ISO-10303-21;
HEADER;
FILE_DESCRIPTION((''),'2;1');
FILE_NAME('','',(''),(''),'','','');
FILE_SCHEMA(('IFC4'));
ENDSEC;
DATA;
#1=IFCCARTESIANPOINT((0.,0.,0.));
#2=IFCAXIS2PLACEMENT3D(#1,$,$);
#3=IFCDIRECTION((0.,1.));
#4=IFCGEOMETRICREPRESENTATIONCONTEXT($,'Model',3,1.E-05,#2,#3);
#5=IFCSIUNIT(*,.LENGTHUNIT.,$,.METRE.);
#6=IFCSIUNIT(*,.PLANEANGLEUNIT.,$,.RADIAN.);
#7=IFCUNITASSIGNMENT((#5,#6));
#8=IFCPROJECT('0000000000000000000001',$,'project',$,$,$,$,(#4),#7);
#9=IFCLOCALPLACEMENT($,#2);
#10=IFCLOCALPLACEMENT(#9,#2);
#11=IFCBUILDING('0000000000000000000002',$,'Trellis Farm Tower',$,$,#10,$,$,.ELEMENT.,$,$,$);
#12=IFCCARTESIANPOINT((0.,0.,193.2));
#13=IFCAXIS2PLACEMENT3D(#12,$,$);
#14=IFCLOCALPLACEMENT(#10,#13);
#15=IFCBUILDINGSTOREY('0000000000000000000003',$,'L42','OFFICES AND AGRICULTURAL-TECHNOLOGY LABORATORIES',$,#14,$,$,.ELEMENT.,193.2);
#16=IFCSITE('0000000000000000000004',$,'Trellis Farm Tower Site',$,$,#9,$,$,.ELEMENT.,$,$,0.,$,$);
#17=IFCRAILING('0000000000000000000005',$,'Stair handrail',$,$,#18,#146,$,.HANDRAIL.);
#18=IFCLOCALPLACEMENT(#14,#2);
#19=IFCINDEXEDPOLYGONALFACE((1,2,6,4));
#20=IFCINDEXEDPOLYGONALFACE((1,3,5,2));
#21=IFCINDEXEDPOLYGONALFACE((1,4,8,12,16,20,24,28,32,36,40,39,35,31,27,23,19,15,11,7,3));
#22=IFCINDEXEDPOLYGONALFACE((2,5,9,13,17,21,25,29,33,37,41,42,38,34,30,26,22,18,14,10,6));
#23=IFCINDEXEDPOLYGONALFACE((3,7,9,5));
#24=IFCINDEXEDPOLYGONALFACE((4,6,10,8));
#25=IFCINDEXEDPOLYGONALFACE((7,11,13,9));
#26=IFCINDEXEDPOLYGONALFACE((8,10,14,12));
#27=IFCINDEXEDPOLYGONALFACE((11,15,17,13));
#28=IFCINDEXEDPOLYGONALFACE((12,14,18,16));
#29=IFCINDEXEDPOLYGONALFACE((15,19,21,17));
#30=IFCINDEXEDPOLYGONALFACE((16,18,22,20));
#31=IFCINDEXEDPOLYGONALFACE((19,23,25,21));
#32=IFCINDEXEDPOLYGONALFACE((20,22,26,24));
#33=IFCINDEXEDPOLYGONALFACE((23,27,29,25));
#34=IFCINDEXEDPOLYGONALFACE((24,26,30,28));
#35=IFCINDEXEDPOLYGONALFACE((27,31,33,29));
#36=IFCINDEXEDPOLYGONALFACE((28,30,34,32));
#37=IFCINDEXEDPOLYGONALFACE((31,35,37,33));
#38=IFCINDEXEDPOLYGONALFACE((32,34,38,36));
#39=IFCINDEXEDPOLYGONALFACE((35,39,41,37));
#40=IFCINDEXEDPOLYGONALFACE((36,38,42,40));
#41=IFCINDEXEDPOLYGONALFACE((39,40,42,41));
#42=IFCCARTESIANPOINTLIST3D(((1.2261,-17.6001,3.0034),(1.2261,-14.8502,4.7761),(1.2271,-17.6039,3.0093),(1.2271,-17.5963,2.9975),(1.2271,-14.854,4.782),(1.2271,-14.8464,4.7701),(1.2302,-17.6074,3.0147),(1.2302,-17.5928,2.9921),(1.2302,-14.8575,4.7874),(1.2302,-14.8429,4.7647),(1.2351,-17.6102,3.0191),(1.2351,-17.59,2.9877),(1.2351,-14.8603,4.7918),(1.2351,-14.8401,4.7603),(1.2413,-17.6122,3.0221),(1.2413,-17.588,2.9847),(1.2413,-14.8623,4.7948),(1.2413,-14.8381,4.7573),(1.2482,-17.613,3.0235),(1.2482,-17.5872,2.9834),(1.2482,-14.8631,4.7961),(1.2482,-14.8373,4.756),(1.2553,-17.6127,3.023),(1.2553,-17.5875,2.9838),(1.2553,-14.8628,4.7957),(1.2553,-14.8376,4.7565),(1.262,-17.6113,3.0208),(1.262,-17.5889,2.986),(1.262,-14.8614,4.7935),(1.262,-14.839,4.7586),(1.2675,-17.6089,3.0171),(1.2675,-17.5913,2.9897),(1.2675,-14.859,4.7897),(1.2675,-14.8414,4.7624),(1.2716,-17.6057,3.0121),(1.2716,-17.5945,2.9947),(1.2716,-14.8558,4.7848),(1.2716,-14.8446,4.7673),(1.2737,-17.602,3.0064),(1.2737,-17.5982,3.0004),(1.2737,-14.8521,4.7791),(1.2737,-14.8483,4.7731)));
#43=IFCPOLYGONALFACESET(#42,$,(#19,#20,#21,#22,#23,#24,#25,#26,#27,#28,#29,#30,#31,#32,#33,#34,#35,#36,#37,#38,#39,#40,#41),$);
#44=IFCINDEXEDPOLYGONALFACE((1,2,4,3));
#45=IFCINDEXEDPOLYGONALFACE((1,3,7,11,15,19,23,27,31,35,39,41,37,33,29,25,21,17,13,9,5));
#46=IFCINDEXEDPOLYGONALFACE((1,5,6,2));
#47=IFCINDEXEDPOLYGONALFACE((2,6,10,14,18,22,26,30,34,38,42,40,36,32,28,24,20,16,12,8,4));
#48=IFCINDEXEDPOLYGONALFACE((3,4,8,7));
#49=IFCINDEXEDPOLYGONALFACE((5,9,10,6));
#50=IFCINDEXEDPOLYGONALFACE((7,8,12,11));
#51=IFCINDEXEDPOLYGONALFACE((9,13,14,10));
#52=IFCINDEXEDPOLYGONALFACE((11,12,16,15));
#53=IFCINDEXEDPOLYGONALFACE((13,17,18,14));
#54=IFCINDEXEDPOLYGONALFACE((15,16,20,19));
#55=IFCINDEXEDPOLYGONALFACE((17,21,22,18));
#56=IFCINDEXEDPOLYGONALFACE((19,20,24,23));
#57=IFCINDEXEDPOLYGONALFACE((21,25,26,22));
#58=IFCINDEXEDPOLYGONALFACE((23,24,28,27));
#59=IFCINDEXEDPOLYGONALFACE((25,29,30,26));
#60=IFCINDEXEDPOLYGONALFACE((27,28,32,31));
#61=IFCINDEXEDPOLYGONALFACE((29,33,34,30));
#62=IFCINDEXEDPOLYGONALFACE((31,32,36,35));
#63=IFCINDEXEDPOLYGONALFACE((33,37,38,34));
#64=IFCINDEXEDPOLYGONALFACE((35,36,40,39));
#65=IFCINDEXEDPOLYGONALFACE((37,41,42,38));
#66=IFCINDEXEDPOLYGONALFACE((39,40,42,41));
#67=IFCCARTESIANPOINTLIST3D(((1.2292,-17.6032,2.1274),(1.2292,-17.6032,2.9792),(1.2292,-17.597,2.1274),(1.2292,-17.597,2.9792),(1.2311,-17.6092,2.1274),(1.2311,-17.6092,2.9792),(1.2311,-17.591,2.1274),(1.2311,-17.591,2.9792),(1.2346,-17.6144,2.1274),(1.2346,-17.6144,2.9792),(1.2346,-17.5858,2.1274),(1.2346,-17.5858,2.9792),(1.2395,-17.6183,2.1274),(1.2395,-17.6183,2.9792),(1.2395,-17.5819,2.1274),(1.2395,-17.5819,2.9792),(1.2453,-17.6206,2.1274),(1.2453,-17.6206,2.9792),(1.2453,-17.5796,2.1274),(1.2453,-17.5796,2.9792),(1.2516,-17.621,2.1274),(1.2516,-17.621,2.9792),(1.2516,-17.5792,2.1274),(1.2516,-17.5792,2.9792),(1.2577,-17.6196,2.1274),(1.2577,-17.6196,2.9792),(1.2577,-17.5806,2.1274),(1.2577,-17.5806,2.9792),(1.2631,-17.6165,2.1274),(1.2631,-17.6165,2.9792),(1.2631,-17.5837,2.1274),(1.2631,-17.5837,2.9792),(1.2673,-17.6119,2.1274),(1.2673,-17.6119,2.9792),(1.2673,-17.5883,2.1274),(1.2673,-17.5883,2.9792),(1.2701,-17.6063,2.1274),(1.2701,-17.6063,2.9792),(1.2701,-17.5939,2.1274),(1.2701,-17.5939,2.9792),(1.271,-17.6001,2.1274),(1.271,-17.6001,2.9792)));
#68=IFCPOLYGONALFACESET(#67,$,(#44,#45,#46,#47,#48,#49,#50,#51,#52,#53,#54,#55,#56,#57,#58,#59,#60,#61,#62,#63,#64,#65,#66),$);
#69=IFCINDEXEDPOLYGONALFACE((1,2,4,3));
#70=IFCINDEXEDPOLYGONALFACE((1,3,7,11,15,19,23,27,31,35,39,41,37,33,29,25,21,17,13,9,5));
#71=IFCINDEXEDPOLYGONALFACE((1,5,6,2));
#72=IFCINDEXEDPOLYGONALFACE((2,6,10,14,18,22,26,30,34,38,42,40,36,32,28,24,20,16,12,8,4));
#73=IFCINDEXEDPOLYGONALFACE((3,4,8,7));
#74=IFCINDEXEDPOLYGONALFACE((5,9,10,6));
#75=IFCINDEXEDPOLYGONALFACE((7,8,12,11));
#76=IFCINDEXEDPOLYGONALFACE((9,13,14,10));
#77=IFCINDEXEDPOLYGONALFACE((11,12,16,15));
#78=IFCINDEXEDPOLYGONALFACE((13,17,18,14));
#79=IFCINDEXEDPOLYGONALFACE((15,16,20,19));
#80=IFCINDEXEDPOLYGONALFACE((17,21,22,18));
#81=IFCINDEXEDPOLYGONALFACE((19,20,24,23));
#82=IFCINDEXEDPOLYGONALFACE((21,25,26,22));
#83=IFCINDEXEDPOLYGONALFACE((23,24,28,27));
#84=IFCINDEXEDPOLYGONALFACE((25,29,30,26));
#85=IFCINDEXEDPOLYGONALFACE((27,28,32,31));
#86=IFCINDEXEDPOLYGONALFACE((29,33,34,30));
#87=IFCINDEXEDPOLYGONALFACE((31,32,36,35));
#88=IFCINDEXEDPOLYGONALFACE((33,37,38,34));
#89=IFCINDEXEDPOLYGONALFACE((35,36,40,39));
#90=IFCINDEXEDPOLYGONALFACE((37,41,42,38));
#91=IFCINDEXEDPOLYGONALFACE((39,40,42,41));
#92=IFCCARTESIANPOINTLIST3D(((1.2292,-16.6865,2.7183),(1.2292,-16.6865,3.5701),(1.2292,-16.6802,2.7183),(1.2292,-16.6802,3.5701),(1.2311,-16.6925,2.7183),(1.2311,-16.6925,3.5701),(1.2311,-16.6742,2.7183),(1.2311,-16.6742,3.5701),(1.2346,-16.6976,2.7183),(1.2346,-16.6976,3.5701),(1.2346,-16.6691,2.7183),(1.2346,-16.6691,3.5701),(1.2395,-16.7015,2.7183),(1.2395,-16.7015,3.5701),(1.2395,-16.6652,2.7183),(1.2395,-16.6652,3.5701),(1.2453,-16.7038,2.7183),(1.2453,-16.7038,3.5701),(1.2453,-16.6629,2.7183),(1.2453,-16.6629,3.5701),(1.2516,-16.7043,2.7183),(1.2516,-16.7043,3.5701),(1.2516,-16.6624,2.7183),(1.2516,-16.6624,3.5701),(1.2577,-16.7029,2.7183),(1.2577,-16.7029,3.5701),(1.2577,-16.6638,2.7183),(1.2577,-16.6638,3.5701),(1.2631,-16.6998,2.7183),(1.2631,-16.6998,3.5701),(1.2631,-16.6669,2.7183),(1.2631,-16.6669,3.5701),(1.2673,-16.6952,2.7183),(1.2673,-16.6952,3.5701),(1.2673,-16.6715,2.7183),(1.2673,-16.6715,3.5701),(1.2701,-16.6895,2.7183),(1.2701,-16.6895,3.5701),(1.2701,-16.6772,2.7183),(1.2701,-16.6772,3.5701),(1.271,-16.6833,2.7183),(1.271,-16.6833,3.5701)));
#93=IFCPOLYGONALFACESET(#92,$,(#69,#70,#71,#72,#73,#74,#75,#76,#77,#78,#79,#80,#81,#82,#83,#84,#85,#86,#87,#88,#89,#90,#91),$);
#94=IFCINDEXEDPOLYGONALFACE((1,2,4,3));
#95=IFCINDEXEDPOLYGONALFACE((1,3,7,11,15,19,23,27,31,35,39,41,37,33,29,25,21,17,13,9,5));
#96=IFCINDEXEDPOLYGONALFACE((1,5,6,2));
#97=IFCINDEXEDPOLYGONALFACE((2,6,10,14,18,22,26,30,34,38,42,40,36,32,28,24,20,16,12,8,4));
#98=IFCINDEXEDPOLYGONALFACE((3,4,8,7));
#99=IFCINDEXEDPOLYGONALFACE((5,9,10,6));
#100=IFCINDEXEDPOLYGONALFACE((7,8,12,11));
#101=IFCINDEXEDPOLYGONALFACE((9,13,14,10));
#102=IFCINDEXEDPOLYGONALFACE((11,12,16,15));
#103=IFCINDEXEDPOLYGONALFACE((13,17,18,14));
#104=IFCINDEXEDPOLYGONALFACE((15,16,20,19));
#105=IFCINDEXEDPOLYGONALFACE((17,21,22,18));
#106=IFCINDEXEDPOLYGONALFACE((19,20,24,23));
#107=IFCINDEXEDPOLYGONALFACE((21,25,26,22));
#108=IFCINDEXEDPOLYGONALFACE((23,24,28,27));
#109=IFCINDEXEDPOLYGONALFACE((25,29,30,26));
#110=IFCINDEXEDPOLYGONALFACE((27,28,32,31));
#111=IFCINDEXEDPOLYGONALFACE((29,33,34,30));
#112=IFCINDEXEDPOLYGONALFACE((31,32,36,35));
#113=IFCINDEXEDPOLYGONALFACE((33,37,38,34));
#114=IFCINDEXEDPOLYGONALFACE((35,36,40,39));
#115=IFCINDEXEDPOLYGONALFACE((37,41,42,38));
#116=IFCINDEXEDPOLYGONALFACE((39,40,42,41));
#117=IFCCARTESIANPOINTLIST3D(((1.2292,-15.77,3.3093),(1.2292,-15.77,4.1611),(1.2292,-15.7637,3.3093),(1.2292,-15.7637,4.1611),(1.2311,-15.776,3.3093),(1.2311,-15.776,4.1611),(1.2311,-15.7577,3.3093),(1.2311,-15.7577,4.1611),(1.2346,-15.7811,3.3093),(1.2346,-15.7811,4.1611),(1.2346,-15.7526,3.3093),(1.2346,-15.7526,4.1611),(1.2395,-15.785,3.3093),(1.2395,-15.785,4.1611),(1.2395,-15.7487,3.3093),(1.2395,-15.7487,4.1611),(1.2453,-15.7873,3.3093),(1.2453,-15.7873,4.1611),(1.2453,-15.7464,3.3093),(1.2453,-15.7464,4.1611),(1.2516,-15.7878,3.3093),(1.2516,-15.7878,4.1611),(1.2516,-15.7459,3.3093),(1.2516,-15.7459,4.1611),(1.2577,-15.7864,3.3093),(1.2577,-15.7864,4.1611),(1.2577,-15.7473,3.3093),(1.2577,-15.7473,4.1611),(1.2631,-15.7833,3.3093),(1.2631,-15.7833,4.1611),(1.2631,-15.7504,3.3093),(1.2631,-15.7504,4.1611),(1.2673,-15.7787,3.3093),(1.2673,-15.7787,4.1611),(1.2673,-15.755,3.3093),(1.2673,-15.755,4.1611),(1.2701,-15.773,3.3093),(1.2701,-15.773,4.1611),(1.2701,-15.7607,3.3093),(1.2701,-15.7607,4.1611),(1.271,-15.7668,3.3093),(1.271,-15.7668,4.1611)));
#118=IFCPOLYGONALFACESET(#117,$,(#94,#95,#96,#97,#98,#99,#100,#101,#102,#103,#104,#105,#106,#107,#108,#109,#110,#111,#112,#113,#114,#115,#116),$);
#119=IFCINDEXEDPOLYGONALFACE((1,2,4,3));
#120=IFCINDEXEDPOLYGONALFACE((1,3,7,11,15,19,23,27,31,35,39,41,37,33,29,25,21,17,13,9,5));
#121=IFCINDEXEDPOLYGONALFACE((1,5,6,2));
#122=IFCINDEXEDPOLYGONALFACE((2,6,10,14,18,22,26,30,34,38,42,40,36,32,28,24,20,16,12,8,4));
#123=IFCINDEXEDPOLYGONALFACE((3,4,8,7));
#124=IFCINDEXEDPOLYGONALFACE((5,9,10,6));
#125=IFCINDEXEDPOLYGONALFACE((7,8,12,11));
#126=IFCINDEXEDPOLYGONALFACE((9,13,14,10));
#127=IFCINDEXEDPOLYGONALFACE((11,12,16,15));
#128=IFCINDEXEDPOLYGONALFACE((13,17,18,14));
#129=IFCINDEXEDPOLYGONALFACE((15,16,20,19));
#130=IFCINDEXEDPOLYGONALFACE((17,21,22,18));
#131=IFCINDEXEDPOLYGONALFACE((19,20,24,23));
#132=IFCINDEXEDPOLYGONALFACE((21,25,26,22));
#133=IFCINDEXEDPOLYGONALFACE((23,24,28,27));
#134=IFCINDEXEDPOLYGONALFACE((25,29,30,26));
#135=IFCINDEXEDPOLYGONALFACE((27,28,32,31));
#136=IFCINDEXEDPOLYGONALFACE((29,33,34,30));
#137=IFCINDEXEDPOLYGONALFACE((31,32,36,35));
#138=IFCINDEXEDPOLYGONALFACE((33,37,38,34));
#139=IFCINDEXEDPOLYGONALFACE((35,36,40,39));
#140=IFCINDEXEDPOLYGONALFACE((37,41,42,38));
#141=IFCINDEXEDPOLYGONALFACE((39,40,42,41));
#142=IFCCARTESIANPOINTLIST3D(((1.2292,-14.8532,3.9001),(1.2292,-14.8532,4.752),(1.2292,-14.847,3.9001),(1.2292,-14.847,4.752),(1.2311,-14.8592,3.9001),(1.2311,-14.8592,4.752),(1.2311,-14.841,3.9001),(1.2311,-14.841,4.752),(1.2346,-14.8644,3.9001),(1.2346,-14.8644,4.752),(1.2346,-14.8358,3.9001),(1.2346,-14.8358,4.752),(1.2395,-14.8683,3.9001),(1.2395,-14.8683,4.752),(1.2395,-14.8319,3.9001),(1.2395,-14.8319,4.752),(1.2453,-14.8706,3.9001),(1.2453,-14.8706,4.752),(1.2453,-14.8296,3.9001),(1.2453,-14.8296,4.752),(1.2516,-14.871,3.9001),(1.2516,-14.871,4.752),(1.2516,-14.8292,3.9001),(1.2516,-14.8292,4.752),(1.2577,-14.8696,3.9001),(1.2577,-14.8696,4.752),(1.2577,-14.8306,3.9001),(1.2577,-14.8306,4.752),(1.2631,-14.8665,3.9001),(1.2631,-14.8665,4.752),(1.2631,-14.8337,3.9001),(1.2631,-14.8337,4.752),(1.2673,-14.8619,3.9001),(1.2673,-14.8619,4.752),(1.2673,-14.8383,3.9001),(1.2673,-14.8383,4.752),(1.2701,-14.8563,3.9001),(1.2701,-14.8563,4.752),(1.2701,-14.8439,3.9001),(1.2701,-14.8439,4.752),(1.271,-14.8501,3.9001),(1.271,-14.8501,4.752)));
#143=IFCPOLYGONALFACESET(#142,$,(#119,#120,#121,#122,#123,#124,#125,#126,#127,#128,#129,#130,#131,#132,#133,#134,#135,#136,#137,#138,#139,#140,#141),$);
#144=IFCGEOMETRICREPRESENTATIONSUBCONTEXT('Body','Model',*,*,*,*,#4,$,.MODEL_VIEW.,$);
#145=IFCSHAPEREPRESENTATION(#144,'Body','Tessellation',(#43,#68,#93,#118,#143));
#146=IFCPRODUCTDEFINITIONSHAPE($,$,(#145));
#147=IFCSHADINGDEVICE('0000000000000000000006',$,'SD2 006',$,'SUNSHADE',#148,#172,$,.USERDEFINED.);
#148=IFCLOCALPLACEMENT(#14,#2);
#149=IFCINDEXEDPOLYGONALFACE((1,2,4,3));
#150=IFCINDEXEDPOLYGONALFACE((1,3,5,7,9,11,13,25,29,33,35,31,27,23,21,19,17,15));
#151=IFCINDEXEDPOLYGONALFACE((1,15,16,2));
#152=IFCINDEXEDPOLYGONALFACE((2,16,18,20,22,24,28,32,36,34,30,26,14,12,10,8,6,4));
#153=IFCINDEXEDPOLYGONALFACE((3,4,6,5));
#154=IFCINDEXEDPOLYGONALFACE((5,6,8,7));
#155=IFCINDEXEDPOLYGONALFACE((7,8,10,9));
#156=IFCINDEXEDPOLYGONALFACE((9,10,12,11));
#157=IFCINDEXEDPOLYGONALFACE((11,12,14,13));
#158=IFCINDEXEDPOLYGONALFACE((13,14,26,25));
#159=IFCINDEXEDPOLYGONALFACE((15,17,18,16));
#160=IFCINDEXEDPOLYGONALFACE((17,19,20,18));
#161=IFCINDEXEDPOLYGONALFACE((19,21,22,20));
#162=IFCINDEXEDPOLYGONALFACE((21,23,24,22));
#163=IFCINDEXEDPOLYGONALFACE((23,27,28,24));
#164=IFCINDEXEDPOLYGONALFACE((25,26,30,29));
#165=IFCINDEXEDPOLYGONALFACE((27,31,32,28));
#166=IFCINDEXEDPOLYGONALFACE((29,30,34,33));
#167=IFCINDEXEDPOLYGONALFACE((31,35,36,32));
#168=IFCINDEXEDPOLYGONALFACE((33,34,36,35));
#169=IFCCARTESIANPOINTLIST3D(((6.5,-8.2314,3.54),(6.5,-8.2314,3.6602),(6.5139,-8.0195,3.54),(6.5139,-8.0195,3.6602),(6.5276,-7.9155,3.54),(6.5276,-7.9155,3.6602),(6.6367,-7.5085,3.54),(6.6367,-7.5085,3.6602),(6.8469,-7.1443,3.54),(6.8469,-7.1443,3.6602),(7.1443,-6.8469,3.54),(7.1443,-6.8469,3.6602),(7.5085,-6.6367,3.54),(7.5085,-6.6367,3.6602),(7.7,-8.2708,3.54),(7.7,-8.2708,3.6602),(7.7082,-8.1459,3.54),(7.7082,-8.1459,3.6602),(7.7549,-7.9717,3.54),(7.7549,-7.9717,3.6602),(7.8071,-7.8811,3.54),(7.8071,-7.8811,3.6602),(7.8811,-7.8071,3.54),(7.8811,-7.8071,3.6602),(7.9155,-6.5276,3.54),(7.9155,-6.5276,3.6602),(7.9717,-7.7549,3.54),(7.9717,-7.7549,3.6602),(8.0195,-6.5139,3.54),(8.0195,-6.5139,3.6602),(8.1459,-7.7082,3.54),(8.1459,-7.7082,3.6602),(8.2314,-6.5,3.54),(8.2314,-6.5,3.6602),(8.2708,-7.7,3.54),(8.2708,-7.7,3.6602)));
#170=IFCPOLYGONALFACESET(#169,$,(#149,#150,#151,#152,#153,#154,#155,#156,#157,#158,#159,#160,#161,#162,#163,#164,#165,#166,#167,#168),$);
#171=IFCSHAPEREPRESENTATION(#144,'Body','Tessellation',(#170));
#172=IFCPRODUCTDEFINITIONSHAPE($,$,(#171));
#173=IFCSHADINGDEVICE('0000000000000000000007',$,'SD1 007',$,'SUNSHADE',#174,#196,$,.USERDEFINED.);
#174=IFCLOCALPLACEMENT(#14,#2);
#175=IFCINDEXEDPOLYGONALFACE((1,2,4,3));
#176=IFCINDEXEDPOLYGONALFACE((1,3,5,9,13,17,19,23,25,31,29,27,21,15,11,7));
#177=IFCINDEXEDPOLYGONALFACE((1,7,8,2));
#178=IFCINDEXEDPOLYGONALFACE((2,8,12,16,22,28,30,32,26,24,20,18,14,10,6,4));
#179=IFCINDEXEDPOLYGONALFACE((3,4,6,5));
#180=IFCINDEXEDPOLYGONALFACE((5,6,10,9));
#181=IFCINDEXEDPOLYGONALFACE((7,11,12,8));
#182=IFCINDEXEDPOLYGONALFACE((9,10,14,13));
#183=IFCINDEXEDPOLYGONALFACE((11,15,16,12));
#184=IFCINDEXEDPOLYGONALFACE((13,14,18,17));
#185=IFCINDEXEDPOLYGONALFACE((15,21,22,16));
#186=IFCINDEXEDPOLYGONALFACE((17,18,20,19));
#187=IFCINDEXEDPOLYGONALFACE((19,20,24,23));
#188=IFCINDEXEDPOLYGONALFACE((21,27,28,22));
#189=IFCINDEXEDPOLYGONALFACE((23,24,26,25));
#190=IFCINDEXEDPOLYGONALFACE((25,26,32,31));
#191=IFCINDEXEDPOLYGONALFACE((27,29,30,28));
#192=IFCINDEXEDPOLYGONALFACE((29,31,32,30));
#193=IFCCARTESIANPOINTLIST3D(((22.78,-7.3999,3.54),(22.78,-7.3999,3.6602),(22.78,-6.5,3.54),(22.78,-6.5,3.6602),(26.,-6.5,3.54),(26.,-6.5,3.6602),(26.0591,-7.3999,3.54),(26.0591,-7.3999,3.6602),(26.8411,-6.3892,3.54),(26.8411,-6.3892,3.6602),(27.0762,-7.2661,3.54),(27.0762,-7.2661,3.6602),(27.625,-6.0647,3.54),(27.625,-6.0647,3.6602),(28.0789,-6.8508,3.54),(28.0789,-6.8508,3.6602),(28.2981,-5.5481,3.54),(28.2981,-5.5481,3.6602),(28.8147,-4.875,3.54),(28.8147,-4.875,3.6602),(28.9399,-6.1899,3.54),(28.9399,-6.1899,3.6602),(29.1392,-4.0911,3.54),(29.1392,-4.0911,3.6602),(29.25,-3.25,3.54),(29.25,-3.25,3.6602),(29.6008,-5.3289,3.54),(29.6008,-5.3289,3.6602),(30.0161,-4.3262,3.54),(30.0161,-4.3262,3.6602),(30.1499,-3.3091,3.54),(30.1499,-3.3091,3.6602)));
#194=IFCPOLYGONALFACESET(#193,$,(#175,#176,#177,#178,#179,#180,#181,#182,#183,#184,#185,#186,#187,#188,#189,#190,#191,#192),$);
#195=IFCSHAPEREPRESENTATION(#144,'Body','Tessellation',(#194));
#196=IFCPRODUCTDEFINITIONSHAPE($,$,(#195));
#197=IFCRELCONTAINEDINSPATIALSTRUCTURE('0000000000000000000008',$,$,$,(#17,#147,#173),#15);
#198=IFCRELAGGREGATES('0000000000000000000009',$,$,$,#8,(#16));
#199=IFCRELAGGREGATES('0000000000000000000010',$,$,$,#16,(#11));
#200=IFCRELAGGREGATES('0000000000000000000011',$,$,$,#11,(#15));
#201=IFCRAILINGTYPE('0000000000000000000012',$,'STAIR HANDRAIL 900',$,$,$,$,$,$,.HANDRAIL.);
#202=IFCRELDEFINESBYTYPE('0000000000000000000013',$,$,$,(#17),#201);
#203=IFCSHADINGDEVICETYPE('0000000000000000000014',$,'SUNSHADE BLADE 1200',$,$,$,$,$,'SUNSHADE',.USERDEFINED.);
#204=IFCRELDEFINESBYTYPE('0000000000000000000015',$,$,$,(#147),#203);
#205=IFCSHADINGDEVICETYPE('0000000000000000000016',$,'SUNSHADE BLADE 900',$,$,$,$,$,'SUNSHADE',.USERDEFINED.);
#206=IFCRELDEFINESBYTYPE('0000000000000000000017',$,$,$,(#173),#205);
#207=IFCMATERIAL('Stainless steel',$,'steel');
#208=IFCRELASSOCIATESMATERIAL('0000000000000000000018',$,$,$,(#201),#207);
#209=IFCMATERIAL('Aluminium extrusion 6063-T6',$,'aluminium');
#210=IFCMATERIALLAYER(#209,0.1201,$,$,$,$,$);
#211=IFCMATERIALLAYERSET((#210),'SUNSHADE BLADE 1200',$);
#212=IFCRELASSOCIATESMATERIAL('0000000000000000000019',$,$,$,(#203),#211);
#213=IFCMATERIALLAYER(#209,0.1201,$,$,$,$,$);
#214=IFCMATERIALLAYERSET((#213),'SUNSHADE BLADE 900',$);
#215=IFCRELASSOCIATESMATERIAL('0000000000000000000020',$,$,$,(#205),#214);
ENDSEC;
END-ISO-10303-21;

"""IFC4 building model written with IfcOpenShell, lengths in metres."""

from ifc_helpers import new_model, si_unit, direction, frame, origin, origin_2d, place, context, subcontext, project, spatial, polyline, circle, outline, extrude, source, transform, mapped, material, layer, layer_set, type_object, element, save


model = new_model("IFC4")

# Units and contexts
model_context = context("Model", 3, precision=1e-05, world=origin(), true_north=direction((0.0, 1.0)))
body_context = subcontext(model_context, "Body", "Model", "MODEL_VIEW")
ifc_project = project(units=[si_unit("LENGTHUNIT", "METRE"), si_unit("PLANEANGLEUNIT", "RADIAN")], contexts=[model_context])

# Site, building, storey
site_placement = place(None, origin())
site = spatial("IfcSite", under=ifc_project, at=site_placement, Name="Trellis Farm Tower Site", CompositionType="ELEMENT", RefElevation=0.0)
building_placement = place(site_placement, origin())
building = spatial("IfcBuilding", under=site, at=building_placement, Name="Trellis Farm Tower", CompositionType="ELEMENT")
storey_placement = place(building_placement, frame((0.0, 0.0, 193.2)))
storey = spatial("IfcBuildingStorey", under=building, at=storey_placement, Name="L42", Description="OFFICES AND AGRICULTURAL-TECHNOLOGY LABORATORIES", CompositionType="ELEMENT", Elevation=193.2)

# Shared definitions
ifc_material_1 = material(Name="Aluminium extrusion 6063-T6", Category="aluminium")

# Railing
ifc_material_2 = material(Name="Stainless steel", Category="steel")
railing_type = type_object("IfcRailingType", Name="STAIR HANDRAIL 900", PredefinedType="HANDRAIL", material=ifc_material_2)
shared_shape_1 = source(origin(), body_context, "Body", "SweptSolid", [
    extrude(circle(Radius=0.0239, at=origin_2d()), frame((0.0, 0.0, 0.876), z_axis=(0.0, 0.840504, 0.541806), x_axis=(-1.0, 0.0, 0.0)), (0.0, 0.0, 1.0), 3.2717),
    extrude(circle(Radius=0.021, at=origin_2d()), origin(), (0.0, 0.0, 1.0), 0.8518),
    extrude(circle(Radius=0.021, at=origin_2d()), frame((0.0, 0.9167, 0.5908)), (0.0, 0.0, 1.0), 0.8518),
    extrude(circle(Radius=0.021, at=origin_2d()), frame((0.0, 1.8333, 1.1819)), (0.0, 0.0, 1.0), 0.8518),
    extrude(circle(Radius=0.021, at=origin_2d()), frame((0.0, 2.75, 1.7727)), (0.0, 0.0, 1.0), 0.8518),
])
railing_placement = place(storey_placement, frame((1.25, -17.6001, 2.1274)))
element("IfcRailing", 1, at=railing_placement, inside=storey, type_object=railing_type, Name="Stair handrail", PredefinedType="HANDRAIL", context=body_context, shape_type="MappedRepresentation", body=[
    mapped(shared_shape_1, transform((0.0, 0.0, 0.0))),
])

# Shading devices
ifc_layer_1 = layer(ifc_material_1, 0.1201)
ifc_layer_set_1 = layer_set([ifc_layer_1], Name="SUNSHADE BLADE 1200")
shading_device_type_1 = type_object("IfcShadingDeviceType", Name="SUNSHADE BLADE 1200", ElementType="SUNSHADE", PredefinedType="USERDEFINED", material=ifc_layer_set_1)
shared_shape_2 = source(origin(), body_context, "Body", "SweptSolid", [
    extrude(outline(polyline([(7.7, -8.2708), (7.7087, -8.1372), (7.707, -8.1501), (7.7549, -7.9717), (7.8071, -7.8811), (7.8811, -7.8071), (7.9717, -7.7549), (8.1501, -7.707), (8.1372, -7.7087), (8.2708, -7.7), (8.2314, -6.5), (8.0195, -6.5139), (7.9155, -6.5276), (7.5085, -6.6367), (7.1443, -6.8469), (6.8469, -7.1443), (6.6367, -7.5085), (6.5276, -7.9155), (6.5139, -8.0195), (6.5, -8.2314), (7.7, -8.2708)])), origin(), (0.0, 0.0, 1.0), 0.1201),
])
placement_1 = place(storey_placement, frame((0.0, 0.0, 3.54)))
element("IfcShadingDevice", 2, at=placement_1, inside=storey, type_object=shading_device_type_1, Name="SD2 006", ObjectType="SUNSHADE", PredefinedType="USERDEFINED", context=body_context, shape_type="MappedRepresentation", body=[
    mapped(shared_shape_2, transform((0.0, 0.0, 0.0))),
])
ifc_layer_2 = layer(ifc_material_1, 0.1201)
ifc_layer_set_2 = layer_set([ifc_layer_2], Name="SUNSHADE BLADE 900")
shading_device_type_2 = type_object("IfcShadingDeviceType", Name="SUNSHADE BLADE 900", ElementType="SUNSHADE", PredefinedType="USERDEFINED", material=ifc_layer_set_2)
shared_shape_3 = source(origin(), body_context, "Body", "SweptSolid", [
    extrude(outline(polyline([(22.78, -7.3999), (26.0591, -7.3999), (27.0762, -7.2661), (28.0789, -6.8508), (28.9399, -6.1899), (29.6008, -5.3289), (30.0161, -4.3262), (30.1499, -3.3091), (29.25, -3.25), (29.1392, -4.0911), (28.8147, -4.875), (28.2981, -5.5481), (27.625, -6.0647), (26.8411, -6.3892), (26.0, -6.5), (22.78, -6.5), (22.78, -7.3999)])), origin(), (0.0, 0.0, 1.0), 0.1201),
])
element("IfcShadingDevice", 3, at=placement_1, inside=storey, type_object=shading_device_type_2, Name="SD1 007", ObjectType="SUNSHADE", PredefinedType="USERDEFINED", context=body_context, shape_type="MappedRepresentation", body=[
    mapped(shared_shape_3, transform((0.0, 0.0, 0.0))),
])

save(model, "model.ifc")
